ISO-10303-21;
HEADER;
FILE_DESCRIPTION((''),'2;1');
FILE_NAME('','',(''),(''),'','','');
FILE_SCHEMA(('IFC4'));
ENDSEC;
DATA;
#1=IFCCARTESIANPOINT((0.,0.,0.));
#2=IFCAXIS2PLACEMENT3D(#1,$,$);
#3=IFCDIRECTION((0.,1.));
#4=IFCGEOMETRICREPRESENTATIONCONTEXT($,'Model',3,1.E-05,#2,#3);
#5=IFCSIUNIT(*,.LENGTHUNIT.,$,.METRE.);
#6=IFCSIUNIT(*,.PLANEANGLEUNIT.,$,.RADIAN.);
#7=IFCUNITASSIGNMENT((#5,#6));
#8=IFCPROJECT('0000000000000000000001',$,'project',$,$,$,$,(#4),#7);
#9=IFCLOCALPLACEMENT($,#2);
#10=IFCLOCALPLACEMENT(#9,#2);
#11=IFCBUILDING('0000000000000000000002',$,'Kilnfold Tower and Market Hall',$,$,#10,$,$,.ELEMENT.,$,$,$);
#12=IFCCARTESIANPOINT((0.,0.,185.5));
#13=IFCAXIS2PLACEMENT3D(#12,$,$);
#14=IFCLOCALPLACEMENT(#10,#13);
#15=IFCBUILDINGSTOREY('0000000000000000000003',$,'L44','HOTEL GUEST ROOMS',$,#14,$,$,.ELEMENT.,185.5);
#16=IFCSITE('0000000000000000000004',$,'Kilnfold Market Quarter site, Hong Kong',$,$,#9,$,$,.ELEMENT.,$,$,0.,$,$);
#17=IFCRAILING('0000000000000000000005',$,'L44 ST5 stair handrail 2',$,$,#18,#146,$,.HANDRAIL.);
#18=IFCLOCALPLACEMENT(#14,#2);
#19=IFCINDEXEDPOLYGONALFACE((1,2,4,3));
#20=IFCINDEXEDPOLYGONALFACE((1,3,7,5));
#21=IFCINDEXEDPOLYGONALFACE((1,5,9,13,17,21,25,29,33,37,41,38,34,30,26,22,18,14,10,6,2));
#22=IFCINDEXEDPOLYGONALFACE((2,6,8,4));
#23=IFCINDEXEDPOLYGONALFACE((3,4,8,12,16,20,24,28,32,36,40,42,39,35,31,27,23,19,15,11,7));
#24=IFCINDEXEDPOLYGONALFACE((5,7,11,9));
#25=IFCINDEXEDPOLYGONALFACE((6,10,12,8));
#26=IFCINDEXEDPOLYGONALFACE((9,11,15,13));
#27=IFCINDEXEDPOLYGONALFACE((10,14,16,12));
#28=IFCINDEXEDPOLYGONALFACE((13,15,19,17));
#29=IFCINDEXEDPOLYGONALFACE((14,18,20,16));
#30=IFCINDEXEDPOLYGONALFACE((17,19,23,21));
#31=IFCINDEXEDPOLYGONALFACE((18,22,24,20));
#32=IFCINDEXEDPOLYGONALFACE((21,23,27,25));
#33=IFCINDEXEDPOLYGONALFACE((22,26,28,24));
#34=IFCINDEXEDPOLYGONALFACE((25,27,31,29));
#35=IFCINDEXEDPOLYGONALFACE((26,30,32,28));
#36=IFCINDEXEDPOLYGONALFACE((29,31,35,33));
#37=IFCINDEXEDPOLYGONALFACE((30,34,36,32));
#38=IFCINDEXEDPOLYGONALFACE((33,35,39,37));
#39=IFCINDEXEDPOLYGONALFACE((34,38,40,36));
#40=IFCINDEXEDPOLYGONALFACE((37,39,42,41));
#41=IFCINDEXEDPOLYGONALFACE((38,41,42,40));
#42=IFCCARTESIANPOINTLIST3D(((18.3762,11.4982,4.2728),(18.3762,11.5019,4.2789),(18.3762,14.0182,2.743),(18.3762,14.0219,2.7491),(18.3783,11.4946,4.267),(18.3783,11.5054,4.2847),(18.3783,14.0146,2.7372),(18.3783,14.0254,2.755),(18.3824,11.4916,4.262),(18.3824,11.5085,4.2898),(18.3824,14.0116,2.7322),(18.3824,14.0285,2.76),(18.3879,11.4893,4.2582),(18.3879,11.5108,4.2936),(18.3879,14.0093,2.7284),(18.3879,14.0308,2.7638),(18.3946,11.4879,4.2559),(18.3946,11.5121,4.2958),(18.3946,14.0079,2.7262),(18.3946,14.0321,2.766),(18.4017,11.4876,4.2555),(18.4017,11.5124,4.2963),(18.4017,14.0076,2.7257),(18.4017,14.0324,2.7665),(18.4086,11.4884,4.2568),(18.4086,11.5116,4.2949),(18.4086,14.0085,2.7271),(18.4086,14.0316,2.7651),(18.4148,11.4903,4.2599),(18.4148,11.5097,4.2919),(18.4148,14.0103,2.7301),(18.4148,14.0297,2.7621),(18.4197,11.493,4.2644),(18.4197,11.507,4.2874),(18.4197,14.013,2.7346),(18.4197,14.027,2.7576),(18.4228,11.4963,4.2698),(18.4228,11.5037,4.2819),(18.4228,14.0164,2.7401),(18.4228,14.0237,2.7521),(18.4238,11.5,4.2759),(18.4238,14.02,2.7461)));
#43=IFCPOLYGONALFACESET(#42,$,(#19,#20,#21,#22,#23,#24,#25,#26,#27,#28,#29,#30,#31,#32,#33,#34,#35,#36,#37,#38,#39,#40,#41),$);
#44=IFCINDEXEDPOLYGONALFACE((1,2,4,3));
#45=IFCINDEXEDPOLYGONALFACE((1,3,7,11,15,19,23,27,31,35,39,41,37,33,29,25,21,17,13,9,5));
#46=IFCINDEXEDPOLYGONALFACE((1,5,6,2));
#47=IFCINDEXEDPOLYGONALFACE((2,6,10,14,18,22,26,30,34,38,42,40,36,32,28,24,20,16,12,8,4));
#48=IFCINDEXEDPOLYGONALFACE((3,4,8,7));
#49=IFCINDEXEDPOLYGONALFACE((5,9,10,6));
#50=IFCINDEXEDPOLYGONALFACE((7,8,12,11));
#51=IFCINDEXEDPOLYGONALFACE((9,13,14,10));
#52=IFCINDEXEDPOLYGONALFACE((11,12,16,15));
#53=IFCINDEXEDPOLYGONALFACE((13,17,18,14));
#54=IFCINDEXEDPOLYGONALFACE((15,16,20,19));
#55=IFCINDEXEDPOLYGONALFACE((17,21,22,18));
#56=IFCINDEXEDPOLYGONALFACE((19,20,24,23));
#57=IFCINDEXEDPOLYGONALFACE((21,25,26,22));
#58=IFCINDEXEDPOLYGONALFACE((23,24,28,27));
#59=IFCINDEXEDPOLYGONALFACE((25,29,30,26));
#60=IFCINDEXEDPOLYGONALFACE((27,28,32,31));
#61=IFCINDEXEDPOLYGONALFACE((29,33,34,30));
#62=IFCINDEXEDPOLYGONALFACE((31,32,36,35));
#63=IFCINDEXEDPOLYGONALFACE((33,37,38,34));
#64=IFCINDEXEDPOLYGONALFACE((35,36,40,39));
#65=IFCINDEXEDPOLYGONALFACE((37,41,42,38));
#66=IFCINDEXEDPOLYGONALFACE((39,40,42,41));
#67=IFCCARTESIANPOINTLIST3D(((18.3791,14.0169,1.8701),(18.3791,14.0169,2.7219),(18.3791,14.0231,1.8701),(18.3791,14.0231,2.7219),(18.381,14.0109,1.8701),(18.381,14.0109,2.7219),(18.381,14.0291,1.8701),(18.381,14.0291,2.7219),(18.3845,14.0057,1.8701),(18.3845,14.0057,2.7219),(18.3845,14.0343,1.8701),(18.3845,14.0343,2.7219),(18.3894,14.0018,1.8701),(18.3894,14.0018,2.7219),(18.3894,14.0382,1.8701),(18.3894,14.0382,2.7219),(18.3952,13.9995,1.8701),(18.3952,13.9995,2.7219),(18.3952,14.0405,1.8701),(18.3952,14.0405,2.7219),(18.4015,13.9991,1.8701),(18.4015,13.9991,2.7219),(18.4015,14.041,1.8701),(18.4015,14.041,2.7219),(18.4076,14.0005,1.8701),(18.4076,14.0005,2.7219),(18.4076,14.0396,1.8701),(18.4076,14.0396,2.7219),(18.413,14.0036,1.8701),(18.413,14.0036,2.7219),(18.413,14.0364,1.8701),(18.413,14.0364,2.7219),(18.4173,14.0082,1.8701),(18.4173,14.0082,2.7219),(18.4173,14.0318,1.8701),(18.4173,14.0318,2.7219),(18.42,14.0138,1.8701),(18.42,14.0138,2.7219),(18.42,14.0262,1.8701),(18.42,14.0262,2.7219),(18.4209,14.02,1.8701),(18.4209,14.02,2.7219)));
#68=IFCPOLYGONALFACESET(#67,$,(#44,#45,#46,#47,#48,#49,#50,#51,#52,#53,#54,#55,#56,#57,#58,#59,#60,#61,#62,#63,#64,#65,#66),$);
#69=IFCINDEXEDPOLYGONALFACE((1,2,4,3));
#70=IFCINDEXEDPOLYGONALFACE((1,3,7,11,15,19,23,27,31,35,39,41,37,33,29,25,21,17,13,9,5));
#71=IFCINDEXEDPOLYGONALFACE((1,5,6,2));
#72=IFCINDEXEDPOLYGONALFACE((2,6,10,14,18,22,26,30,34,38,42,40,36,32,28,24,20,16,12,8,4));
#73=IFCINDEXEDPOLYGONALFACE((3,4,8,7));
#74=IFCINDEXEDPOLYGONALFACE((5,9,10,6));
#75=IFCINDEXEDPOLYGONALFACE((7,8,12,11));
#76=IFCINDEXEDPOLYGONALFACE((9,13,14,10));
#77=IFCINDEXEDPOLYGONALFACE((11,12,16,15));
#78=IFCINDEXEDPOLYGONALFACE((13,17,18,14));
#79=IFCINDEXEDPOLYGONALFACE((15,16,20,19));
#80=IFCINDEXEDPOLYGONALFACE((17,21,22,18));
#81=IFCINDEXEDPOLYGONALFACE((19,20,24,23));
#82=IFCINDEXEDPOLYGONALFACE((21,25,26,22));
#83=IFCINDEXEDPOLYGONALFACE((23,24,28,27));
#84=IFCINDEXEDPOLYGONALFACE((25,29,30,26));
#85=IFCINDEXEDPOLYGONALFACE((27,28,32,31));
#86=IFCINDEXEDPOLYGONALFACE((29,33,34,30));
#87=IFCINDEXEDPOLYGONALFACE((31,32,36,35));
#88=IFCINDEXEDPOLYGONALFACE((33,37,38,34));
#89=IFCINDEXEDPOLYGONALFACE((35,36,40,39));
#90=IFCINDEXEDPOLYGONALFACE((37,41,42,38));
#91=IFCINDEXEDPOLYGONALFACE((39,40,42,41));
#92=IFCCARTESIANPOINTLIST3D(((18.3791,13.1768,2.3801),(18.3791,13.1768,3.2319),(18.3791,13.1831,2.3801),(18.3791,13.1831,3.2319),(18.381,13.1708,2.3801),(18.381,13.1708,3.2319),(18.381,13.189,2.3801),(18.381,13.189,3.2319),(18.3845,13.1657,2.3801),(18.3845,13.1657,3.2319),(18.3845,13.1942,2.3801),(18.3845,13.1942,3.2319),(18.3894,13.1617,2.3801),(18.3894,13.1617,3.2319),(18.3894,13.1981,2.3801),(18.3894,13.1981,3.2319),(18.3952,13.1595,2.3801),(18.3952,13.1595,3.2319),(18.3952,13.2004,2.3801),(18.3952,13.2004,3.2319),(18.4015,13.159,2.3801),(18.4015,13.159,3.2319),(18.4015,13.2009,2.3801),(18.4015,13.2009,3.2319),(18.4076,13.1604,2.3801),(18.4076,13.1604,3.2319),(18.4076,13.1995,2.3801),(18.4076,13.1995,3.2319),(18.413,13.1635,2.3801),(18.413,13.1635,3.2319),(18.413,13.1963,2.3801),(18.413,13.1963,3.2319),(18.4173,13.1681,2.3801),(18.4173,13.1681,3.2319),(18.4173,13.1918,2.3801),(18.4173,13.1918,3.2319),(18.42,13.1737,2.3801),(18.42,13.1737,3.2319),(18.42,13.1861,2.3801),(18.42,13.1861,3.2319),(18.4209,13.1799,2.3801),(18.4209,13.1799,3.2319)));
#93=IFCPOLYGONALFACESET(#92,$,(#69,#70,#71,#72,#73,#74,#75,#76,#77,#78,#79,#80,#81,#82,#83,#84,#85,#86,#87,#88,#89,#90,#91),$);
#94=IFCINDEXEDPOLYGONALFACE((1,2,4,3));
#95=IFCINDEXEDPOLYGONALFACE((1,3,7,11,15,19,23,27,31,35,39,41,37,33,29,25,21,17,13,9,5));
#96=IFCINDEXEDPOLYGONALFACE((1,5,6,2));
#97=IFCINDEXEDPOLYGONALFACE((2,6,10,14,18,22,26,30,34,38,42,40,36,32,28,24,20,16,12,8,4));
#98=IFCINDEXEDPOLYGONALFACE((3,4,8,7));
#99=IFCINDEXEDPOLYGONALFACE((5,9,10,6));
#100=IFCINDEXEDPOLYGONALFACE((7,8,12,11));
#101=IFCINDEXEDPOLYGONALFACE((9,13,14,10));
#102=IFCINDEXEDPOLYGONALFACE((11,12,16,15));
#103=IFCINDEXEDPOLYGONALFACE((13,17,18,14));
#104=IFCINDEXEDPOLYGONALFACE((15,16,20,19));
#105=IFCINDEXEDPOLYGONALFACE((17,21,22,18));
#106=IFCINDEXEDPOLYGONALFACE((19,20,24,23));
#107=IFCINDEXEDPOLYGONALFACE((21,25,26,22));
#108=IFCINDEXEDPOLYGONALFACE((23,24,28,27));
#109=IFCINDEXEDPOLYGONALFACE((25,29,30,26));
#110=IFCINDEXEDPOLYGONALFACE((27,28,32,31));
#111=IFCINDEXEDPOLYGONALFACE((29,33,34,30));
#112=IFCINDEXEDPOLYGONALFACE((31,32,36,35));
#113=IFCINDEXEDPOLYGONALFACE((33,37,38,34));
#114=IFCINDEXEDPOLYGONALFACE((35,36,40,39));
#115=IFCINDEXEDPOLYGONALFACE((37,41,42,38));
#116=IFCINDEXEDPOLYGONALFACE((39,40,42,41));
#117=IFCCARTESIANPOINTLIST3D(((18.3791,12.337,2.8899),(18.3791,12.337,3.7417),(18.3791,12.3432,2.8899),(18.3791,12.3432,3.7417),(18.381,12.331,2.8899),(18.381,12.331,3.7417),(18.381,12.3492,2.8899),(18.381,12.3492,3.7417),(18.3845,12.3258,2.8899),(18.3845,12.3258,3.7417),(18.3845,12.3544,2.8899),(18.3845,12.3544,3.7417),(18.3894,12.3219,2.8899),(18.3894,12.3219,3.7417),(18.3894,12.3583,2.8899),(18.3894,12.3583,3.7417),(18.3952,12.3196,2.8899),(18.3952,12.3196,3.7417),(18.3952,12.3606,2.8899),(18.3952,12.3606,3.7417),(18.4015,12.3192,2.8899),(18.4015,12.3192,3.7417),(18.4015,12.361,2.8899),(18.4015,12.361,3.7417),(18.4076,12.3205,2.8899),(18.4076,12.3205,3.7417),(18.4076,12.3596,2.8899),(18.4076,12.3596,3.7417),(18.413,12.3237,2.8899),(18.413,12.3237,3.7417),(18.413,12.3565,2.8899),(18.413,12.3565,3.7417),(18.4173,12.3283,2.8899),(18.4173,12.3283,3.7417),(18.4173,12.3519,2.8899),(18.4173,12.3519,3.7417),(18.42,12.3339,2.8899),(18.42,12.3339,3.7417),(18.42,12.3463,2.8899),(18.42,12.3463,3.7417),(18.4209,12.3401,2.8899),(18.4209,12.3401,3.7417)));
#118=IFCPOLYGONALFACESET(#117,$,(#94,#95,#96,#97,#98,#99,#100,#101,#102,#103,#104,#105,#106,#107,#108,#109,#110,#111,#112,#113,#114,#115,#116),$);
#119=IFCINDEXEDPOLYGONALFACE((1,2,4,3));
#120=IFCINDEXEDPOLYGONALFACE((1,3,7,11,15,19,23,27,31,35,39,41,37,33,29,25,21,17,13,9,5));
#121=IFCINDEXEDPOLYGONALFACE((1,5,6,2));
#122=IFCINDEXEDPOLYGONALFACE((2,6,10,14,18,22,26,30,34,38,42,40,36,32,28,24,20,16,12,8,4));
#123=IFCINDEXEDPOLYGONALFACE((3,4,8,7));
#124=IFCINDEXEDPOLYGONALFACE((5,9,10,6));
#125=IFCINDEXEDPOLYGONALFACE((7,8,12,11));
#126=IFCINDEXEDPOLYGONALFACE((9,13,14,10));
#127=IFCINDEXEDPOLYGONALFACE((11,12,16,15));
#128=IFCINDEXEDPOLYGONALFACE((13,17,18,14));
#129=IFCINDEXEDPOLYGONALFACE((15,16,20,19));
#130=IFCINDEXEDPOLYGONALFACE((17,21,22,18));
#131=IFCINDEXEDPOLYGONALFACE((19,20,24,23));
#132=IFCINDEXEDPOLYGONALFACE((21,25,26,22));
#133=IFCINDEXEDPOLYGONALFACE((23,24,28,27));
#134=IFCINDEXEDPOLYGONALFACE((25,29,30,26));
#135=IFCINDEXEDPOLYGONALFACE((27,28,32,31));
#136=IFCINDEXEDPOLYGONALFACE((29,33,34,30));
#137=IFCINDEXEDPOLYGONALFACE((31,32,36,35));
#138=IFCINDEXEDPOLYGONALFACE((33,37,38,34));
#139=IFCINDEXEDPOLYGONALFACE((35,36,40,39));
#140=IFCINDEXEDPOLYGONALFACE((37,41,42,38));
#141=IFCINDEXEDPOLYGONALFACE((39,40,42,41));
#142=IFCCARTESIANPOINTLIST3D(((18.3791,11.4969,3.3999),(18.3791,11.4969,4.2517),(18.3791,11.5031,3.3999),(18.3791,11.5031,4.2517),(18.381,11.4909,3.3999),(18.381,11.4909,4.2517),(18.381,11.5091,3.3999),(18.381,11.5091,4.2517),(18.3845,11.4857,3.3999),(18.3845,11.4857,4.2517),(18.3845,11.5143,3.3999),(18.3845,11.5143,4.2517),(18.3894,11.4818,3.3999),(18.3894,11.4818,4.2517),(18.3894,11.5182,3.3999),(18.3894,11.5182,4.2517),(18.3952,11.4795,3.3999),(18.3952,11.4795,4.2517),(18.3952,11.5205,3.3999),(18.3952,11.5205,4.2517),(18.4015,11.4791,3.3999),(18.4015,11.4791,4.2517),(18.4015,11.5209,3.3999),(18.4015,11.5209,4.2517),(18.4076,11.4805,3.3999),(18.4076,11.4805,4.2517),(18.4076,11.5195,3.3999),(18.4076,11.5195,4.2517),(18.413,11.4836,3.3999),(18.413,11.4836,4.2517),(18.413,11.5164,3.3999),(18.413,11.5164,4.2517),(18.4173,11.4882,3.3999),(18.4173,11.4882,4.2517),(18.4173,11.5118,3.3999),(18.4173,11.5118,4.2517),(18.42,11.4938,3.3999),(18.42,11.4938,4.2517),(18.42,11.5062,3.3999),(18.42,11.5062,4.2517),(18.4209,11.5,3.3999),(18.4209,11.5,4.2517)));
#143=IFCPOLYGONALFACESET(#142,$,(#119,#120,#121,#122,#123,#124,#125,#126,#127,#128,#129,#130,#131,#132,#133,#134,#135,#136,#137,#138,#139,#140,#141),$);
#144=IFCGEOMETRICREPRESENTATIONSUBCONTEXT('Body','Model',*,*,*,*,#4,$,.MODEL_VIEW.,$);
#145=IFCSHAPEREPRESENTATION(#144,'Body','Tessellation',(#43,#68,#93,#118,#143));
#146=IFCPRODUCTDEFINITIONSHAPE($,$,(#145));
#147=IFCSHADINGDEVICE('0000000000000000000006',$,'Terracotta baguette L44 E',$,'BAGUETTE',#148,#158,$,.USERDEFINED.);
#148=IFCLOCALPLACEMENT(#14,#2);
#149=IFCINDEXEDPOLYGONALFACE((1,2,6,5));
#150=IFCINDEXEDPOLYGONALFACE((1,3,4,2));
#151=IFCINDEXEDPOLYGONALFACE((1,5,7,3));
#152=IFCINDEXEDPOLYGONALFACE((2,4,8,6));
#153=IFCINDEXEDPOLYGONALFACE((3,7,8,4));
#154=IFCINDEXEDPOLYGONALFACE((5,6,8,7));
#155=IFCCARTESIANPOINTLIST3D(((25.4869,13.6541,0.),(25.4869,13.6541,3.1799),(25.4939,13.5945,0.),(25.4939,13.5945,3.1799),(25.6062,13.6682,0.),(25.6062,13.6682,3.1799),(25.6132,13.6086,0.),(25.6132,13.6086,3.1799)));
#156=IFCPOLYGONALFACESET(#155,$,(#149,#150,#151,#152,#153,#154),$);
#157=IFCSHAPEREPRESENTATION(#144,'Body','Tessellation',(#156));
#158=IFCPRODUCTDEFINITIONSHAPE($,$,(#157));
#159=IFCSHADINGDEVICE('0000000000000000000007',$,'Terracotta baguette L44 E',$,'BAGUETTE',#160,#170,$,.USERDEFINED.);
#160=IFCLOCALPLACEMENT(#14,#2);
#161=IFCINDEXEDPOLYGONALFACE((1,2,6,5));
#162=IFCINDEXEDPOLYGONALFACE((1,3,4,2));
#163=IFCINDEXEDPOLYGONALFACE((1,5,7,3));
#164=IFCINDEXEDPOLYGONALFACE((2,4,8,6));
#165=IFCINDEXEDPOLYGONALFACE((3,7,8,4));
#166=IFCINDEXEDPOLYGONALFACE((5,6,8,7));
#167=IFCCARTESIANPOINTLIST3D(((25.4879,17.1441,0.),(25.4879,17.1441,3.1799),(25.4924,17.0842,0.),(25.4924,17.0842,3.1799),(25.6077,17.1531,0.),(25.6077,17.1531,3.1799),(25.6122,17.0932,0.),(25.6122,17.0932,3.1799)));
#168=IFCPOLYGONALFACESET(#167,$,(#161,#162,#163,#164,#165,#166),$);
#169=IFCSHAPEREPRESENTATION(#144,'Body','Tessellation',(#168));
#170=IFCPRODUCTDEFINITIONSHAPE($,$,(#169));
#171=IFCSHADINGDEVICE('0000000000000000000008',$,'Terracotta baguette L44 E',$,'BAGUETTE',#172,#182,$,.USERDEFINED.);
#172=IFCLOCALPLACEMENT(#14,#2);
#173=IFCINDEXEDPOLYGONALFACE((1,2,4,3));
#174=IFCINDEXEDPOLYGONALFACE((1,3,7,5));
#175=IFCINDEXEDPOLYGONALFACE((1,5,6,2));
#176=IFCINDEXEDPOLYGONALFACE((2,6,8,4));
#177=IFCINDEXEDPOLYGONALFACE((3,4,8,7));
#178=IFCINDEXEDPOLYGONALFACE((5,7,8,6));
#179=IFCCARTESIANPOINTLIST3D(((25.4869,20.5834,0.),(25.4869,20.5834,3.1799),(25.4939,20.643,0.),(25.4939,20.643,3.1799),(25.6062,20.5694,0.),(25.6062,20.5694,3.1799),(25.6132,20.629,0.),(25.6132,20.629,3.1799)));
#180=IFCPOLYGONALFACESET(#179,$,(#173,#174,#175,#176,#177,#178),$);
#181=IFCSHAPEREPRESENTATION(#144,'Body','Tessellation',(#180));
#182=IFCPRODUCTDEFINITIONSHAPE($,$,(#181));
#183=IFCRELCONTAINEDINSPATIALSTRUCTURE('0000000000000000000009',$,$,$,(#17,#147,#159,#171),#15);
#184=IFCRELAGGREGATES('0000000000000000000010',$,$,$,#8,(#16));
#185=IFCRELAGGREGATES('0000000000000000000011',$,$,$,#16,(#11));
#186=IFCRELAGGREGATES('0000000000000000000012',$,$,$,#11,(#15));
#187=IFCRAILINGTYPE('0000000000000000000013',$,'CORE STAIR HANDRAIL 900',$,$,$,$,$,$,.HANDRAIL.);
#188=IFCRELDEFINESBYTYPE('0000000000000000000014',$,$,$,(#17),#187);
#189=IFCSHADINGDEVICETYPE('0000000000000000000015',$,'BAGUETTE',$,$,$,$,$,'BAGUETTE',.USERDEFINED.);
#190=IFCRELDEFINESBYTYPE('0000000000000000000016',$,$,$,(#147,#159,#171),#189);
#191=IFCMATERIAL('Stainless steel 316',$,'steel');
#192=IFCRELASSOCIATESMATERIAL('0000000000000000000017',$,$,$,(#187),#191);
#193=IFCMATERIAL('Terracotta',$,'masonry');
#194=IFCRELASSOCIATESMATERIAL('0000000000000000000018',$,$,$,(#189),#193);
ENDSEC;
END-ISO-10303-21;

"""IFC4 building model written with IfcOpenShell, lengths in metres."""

from ifc_helpers import new_model, si_unit, direction, frame, origin, origin_2d, place, context, subcontext, project, spatial, rectangle, circle, extrude, source, transform, mapped, material, material_profile, profile_set, type_object, element, save


model = new_model("IFC4")

# Units and contexts
model_context = context("Model", 3, precision=1e-05, world=origin(), true_north=direction((0.0, 1.0)))
body_context = subcontext(model_context, "Body", "Model", "MODEL_VIEW")
ifc_project = project(units=[si_unit("LENGTHUNIT", "METRE"), si_unit("PLANEANGLEUNIT", "RADIAN")], contexts=[model_context])

# Site, building, storey
site_placement = place(None, origin())
site = spatial("IfcSite", under=ifc_project, at=site_placement, Name="Kilnfold Market Quarter site, Hong Kong", CompositionType="ELEMENT", RefElevation=0.0)
building_placement = place(site_placement, origin())
building = spatial("IfcBuilding", under=site, at=building_placement, Name="Kilnfold Tower and Market Hall", CompositionType="ELEMENT")
storey_placement = place(building_placement, frame((0.0, 0.0, 185.5)))
storey = spatial("IfcBuildingStorey", under=building, at=storey_placement, Name="L44", Description="HOTEL GUEST ROOMS", CompositionType="ELEMENT", Elevation=185.5)

# Railing
ifc_material_1 = material(Name="Stainless steel 316", Category="steel")
railing_type = type_object("IfcRailingType", Name="CORE STAIR HANDRAIL 900", PredefinedType="HANDRAIL", material=ifc_material_1)
for number, where, name in (
    (1, (18.3999, 14.02, 1.8701), "L44 ST5 stair handrail 2"),
):
    element("IfcRailing", number, at=place(storey_placement, frame(where)), inside=storey, type_object=railing_type, Name=name, PredefinedType="HANDRAIL", context=body_context, shape_type="SweptSolid", body=[
        extrude(circle(Radius=0.0239, at=origin_2d()), frame((0.0, 0.0, 0.876), z_axis=(0.0, -0.854822, 0.518922), x_axis=(1.0, 0.0, 0.0)), (0.0, 0.0, 1.0), 2.948),
        extrude(circle(Radius=0.021, at=origin_2d()), origin(), (0.0, 0.0, 1.0), 0.8518),
        extrude(circle(Radius=0.021, at=origin_2d()), frame((0.0, -0.8401, 0.51)), (0.0, 0.0, 1.0), 0.8518),
        extrude(circle(Radius=0.021, at=origin_2d()), frame((0.0, -1.6799, 1.0198)), (0.0, 0.0, 1.0), 0.8518),
        extrude(circle(Radius=0.021, at=origin_2d()), frame((0.0, -2.52, 1.5298)), (0.0, 0.0, 1.0), 0.8518),
    ])

# Shading devices
ifc_material_2 = material(Name="Terracotta", Category="masonry")
ifc_material_profile_1 = material_profile(ifc_material_2, rectangle(XDim=0.0601, YDim=0.1201, at=origin_2d()), Name="BAG 60x120")
ifc_profile_set_1 = profile_set([ifc_material_profile_1], Name="Terracotta")
shading_device_type = type_object("IfcShadingDeviceType", Name="BAGUETTE", ElementType="BAGUETTE", PredefinedType="USERDEFINED", material=ifc_profile_set_1)
shared_shape_1 = source(origin(), body_context, "Body", "SweptSolid", [
    extrude(rectangle(XDim=0.0601, YDim=0.1201, at=origin_2d()), origin(), (0.0, 0.0, 1.0), 3.1799),
])
for number, where, z_axis, x_axis, name in (
    (2, (25.55, 13.6313, 0.0), (0.0, 0.0, 1.0), (-0.117718, 0.993047, 0.0), "Terracotta baguette L44 E"),
    (3, (25.55, 17.1187, 0.0), (0.0, 0.0, 1.0), (-0.075247, 0.997165, 0.0), "Terracotta baguette L44 E"),
    (4, (25.55, 20.6062, 0.0), (0.0, 0.0, 1.0), (0.116879, 0.993146, 0.0), "Terracotta baguette L44 E"),
):
    element("IfcShadingDevice", number, at=place(storey_placement, frame(where, z_axis=z_axis, x_axis=x_axis)), inside=storey, type_object=shading_device_type, Name=name, ObjectType="BAGUETTE", PredefinedType="USERDEFINED", context=body_context, shape_type="MappedRepresentation", body=[
        mapped(shared_shape_1, transform((0.0, 0.0, 0.0))),
    ])

save(model, "model.ifc")
